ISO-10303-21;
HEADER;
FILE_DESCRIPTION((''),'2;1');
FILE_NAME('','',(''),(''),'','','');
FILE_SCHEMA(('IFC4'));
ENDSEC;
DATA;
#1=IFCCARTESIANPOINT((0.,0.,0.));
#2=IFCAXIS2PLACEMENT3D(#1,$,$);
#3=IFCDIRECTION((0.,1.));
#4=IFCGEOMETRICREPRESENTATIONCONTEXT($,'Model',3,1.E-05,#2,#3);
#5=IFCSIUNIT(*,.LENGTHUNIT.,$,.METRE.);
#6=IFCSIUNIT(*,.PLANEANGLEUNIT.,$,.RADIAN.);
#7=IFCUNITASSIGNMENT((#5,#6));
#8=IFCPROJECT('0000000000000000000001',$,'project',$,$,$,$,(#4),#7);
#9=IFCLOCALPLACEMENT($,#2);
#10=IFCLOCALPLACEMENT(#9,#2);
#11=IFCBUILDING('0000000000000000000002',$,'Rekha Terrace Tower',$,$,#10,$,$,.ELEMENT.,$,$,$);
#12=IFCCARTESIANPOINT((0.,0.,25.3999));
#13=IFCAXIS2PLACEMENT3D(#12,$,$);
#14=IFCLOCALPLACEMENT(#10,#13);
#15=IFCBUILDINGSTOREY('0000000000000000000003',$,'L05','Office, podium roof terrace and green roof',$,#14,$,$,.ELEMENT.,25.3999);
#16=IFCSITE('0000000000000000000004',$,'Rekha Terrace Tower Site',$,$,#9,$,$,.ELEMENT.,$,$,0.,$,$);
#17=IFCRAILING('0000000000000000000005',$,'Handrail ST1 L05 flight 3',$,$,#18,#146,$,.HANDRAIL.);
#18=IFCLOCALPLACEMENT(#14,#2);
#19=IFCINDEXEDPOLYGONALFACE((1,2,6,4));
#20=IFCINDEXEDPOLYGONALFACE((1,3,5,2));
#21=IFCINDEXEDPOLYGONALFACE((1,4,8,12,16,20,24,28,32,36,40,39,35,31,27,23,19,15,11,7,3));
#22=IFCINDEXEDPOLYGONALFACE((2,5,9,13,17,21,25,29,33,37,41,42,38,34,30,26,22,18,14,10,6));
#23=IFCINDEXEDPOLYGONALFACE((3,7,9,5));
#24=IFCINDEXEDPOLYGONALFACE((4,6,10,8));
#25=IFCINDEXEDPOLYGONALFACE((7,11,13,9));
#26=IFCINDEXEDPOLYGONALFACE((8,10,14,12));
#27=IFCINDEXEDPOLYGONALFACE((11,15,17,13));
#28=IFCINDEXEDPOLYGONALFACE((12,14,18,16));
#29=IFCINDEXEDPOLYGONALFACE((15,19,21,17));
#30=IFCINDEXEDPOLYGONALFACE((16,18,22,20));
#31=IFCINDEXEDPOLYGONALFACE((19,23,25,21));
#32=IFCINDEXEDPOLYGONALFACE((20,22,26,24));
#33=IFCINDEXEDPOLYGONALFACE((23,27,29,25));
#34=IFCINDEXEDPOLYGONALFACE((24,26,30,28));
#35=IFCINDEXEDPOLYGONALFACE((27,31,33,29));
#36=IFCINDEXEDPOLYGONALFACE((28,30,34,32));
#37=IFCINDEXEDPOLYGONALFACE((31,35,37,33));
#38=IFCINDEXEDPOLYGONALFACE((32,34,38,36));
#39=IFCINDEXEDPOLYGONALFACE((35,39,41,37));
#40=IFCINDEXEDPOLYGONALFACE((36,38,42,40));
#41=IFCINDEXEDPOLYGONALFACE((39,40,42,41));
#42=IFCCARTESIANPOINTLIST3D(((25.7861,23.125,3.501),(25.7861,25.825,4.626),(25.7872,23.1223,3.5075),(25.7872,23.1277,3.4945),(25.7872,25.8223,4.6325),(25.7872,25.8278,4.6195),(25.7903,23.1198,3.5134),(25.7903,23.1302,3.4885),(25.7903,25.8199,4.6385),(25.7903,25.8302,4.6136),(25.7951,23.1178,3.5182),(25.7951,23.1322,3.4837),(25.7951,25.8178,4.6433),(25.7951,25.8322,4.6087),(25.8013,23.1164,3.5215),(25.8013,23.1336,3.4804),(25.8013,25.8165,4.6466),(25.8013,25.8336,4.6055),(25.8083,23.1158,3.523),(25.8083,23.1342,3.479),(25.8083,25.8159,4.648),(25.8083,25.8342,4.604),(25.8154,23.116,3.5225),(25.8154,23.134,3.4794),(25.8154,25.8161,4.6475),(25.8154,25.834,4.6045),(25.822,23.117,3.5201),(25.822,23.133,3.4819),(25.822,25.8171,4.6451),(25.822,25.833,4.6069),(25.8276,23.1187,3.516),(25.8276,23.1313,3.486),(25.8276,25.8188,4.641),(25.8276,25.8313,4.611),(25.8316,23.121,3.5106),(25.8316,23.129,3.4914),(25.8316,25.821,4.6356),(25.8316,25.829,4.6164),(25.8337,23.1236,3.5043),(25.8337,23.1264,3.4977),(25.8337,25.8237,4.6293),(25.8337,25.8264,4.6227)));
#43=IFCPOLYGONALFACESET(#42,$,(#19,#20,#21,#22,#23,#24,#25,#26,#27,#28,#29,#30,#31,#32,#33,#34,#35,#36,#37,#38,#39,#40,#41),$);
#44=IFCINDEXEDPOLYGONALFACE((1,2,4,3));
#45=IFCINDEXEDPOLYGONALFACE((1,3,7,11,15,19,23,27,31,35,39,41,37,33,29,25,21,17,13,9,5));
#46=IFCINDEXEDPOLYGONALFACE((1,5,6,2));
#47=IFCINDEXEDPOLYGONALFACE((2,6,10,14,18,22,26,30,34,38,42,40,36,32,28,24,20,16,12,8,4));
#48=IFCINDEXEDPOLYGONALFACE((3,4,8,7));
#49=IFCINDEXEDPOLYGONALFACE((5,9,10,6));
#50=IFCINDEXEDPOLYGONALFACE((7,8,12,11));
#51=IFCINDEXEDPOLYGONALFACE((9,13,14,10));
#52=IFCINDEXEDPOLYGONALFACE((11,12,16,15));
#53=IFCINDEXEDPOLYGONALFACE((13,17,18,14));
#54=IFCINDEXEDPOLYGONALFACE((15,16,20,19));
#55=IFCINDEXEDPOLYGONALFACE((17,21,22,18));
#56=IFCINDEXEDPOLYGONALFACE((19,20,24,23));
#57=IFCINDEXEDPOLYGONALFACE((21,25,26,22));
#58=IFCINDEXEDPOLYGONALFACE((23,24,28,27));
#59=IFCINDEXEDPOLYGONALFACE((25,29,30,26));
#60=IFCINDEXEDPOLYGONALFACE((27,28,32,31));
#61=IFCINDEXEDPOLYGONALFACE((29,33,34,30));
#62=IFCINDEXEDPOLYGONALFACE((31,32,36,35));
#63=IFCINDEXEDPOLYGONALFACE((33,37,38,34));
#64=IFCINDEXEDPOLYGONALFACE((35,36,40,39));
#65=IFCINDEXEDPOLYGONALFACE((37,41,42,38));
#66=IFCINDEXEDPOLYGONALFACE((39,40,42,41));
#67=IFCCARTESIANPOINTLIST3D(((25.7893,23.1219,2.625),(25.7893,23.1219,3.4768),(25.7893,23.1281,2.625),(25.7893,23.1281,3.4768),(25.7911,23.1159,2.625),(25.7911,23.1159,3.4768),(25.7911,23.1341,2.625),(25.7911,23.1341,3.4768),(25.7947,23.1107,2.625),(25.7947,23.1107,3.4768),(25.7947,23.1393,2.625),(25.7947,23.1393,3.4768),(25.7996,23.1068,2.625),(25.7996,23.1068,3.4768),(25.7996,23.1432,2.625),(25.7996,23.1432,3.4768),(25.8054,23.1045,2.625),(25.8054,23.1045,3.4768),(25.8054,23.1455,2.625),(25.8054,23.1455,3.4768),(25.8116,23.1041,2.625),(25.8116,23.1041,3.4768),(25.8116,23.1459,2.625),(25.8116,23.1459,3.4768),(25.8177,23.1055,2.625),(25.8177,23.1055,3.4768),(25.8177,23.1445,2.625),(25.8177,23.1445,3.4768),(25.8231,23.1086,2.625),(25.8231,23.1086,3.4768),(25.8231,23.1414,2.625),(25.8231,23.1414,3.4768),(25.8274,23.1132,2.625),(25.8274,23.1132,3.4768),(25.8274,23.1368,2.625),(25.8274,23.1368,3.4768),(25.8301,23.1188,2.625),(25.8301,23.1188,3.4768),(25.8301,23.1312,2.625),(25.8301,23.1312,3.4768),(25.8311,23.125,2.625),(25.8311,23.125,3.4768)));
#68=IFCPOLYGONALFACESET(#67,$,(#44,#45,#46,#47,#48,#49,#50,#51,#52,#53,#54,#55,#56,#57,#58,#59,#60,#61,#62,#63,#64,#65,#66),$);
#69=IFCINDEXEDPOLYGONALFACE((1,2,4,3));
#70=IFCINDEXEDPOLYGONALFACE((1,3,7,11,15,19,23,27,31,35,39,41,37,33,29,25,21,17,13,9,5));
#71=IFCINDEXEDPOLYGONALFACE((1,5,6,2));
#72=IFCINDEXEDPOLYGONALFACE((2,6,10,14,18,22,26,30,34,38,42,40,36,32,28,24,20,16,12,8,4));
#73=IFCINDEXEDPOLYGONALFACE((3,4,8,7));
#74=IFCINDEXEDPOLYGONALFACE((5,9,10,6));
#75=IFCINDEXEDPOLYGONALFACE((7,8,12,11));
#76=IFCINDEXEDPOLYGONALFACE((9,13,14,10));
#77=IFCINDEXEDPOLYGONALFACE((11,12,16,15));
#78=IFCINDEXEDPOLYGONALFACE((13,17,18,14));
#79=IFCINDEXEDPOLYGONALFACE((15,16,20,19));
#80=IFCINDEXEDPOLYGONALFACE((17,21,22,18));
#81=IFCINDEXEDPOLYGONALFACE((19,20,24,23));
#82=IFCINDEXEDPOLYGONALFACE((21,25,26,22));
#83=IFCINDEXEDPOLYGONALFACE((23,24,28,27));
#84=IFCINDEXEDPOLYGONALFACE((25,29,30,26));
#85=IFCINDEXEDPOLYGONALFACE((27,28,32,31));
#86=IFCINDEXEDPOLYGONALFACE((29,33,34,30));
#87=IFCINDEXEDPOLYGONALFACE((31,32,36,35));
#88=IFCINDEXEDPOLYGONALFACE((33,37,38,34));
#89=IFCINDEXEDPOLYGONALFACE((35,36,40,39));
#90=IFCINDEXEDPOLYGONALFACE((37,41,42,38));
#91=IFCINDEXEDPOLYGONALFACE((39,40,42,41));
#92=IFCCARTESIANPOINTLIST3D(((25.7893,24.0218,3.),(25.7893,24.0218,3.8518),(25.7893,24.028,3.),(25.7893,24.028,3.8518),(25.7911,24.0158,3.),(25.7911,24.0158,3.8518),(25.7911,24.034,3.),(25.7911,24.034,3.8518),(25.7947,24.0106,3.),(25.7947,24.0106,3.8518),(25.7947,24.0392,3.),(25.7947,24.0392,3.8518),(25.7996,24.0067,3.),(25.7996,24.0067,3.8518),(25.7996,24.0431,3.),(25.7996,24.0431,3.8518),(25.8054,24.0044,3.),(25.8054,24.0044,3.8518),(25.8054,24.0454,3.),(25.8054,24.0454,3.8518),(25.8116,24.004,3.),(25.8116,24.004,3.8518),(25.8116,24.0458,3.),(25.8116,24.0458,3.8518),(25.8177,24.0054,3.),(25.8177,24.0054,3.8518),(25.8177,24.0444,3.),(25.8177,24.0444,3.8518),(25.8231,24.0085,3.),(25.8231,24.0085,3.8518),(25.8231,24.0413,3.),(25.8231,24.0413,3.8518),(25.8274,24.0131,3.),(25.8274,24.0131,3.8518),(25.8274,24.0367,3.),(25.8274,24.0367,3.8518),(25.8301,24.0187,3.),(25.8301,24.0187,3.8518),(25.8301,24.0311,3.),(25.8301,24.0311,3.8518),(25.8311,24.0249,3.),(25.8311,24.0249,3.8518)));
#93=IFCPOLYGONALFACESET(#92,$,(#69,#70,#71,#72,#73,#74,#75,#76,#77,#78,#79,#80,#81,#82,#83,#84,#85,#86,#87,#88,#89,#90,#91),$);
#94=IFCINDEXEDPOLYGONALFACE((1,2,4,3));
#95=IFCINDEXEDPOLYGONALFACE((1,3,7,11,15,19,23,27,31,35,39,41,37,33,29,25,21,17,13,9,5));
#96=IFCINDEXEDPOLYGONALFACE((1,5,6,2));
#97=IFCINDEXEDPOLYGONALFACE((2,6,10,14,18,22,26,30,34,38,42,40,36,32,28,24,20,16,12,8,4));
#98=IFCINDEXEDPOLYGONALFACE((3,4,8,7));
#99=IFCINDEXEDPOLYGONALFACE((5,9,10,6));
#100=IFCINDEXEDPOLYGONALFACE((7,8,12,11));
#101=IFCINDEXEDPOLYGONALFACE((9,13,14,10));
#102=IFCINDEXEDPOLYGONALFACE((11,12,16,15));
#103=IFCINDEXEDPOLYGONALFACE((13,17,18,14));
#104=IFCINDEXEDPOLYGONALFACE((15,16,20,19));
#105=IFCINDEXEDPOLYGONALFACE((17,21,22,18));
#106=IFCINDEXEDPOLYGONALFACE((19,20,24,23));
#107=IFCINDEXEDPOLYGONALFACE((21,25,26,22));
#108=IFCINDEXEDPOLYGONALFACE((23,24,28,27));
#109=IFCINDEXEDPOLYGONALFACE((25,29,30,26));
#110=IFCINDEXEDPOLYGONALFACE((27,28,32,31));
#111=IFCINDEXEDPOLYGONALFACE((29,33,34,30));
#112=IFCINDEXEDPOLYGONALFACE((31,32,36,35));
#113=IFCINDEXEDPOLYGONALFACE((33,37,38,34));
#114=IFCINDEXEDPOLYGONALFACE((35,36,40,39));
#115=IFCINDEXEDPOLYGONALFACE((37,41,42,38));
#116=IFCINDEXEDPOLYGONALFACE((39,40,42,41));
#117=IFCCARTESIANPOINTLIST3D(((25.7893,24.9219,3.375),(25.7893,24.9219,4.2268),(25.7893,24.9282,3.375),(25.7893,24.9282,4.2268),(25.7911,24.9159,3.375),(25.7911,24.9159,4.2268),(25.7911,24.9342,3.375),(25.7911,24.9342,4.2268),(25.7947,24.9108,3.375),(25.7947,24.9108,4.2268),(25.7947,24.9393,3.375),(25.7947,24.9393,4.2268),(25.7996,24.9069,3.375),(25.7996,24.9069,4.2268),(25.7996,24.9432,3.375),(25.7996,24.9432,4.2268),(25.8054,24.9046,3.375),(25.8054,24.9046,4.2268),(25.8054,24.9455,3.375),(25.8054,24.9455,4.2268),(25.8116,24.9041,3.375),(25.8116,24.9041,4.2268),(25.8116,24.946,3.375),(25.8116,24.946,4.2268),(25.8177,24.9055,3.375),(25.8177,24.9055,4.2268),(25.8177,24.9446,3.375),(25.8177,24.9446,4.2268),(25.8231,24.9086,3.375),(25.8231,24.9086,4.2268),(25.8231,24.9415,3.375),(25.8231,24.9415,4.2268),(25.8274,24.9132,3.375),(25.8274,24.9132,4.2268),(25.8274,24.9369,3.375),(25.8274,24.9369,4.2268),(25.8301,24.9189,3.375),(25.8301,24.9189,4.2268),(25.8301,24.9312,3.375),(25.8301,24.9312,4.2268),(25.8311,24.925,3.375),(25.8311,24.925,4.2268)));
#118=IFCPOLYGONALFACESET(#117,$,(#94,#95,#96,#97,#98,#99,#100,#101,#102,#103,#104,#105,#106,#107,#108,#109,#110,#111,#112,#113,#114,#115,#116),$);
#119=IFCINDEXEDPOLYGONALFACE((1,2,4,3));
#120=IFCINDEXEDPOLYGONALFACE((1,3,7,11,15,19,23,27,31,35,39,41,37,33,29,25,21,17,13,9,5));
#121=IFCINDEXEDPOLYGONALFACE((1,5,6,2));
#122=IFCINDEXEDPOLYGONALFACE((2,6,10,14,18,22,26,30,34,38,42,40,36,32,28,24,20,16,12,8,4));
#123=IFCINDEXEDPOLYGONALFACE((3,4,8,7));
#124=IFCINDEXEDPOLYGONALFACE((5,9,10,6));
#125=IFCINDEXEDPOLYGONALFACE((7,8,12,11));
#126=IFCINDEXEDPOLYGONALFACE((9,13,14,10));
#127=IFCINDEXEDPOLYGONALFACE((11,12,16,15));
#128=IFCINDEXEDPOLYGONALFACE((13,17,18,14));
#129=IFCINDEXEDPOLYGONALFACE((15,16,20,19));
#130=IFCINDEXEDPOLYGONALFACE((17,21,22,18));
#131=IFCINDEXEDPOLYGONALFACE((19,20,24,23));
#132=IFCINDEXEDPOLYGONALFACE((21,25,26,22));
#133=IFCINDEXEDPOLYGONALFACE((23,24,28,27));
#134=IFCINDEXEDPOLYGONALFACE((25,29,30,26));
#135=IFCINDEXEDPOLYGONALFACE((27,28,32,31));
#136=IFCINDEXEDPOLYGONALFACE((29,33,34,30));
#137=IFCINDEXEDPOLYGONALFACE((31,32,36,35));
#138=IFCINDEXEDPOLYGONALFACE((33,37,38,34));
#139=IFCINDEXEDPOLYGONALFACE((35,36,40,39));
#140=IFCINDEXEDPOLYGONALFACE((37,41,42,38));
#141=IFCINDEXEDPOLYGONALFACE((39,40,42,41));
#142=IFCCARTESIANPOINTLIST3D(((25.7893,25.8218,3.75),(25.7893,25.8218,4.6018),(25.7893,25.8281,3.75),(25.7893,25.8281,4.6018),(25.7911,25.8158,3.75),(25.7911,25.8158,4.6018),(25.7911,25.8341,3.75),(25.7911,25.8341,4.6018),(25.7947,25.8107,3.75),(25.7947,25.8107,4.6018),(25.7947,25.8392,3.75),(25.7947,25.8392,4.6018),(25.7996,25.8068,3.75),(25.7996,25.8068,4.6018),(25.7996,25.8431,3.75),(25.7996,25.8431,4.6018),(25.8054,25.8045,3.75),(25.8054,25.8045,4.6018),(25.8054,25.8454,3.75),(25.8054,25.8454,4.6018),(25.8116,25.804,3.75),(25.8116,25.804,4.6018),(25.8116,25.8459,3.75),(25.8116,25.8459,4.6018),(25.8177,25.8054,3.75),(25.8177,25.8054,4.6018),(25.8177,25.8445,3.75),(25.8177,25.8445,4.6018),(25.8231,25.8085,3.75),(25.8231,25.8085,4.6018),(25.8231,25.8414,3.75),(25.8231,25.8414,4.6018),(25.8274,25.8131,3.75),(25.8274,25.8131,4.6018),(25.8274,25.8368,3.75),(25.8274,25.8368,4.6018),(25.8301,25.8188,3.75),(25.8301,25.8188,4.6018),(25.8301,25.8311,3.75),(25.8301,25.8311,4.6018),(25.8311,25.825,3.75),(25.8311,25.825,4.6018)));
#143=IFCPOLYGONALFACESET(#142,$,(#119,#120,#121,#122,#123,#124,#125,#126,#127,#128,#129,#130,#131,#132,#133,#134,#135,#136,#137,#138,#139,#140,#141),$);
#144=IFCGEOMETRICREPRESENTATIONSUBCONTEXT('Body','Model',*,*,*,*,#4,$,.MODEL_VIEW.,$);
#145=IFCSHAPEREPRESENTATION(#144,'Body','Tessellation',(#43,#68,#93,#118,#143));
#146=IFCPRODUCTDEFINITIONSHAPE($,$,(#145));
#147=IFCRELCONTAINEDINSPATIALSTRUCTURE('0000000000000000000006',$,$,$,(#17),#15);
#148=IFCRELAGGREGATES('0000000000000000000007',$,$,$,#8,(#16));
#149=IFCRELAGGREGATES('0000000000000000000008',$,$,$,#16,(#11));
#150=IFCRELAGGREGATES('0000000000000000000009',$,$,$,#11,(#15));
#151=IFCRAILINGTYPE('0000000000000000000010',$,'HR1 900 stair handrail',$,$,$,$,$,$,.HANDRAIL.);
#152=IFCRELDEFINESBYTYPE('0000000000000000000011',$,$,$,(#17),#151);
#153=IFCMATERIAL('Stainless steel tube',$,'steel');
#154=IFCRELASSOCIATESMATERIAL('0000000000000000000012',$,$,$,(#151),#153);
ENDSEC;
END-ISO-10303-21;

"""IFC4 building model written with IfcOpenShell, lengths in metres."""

from ifc_helpers import new_model, si_unit, direction, frame, origin, origin_2d, place, context, subcontext, project, spatial, circle, extrude, material, type_object, element, save


model = new_model("IFC4")

# Units and contexts
model_context = context("Model", 3, precision=1e-05, world=origin(), true_north=direction((0.0, 1.0)))
body_context = subcontext(model_context, "Body", "Model", "MODEL_VIEW")
ifc_project = project(units=[si_unit("LENGTHUNIT", "METRE"), si_unit("PLANEANGLEUNIT", "RADIAN")], contexts=[model_context])

# Site, building, storey
site_placement = place(None, origin())
site = spatial("IfcSite", under=ifc_project, at=site_placement, Name="Rekha Terrace Tower Site", CompositionType="ELEMENT", RefElevation=0.0)
building_placement = place(site_placement, origin())
building = spatial("IfcBuilding", under=site, at=building_placement, Name="Rekha Terrace Tower", CompositionType="ELEMENT")
storey_placement = place(building_placement, frame((0.0, 0.0, 25.3999)))
storey = spatial("IfcBuildingStorey", under=building, at=storey_placement, Name="L05", Description="Office, podium roof terrace and green roof", CompositionType="ELEMENT", Elevation=25.3999)

# Railing
ifc_material_1 = material(Name="Stainless steel tube", Category="steel")
railing_type_1 = type_object("IfcRailingType", Name="HR1 900 stair handrail", PredefinedType="HANDRAIL", material=ifc_material_1)
railing_1_placement = place(storey_placement, frame((25.8101, 23.125, 2.625)))
element("IfcRailing", 1, at=railing_1_placement, inside=storey, type_object=railing_type_1, Name="Handrail ST1 L05 flight 3", PredefinedType="HANDRAIL", context=body_context, shape_type="SweptSolid", body=[
    extrude(circle(Radius=0.0239, at=origin_2d()), frame((0.0, 0.0, 0.876), z_axis=(0.0, 0.923074, 0.384621), x_axis=(-1.0, 0.0, 0.0)), (0.0, 0.0, 1.0), 2.925),
    extrude(circle(Radius=0.021, at=origin_2d()), origin(), (0.0, 0.0, 1.0), 0.8518),
    extrude(circle(Radius=0.021, at=origin_2d()), frame((0.0, 0.8999, 0.375)), (0.0, 0.0, 1.0), 0.8518),
    extrude(circle(Radius=0.021, at=origin_2d()), frame((0.0, 1.8, 0.75)), (0.0, 0.0, 1.0), 0.8518),
    extrude(circle(Radius=0.021, at=origin_2d()), frame((0.0, 2.7, 1.125)), (0.0, 0.0, 1.0), 0.8518),
])

save(model, "model.ifc")
